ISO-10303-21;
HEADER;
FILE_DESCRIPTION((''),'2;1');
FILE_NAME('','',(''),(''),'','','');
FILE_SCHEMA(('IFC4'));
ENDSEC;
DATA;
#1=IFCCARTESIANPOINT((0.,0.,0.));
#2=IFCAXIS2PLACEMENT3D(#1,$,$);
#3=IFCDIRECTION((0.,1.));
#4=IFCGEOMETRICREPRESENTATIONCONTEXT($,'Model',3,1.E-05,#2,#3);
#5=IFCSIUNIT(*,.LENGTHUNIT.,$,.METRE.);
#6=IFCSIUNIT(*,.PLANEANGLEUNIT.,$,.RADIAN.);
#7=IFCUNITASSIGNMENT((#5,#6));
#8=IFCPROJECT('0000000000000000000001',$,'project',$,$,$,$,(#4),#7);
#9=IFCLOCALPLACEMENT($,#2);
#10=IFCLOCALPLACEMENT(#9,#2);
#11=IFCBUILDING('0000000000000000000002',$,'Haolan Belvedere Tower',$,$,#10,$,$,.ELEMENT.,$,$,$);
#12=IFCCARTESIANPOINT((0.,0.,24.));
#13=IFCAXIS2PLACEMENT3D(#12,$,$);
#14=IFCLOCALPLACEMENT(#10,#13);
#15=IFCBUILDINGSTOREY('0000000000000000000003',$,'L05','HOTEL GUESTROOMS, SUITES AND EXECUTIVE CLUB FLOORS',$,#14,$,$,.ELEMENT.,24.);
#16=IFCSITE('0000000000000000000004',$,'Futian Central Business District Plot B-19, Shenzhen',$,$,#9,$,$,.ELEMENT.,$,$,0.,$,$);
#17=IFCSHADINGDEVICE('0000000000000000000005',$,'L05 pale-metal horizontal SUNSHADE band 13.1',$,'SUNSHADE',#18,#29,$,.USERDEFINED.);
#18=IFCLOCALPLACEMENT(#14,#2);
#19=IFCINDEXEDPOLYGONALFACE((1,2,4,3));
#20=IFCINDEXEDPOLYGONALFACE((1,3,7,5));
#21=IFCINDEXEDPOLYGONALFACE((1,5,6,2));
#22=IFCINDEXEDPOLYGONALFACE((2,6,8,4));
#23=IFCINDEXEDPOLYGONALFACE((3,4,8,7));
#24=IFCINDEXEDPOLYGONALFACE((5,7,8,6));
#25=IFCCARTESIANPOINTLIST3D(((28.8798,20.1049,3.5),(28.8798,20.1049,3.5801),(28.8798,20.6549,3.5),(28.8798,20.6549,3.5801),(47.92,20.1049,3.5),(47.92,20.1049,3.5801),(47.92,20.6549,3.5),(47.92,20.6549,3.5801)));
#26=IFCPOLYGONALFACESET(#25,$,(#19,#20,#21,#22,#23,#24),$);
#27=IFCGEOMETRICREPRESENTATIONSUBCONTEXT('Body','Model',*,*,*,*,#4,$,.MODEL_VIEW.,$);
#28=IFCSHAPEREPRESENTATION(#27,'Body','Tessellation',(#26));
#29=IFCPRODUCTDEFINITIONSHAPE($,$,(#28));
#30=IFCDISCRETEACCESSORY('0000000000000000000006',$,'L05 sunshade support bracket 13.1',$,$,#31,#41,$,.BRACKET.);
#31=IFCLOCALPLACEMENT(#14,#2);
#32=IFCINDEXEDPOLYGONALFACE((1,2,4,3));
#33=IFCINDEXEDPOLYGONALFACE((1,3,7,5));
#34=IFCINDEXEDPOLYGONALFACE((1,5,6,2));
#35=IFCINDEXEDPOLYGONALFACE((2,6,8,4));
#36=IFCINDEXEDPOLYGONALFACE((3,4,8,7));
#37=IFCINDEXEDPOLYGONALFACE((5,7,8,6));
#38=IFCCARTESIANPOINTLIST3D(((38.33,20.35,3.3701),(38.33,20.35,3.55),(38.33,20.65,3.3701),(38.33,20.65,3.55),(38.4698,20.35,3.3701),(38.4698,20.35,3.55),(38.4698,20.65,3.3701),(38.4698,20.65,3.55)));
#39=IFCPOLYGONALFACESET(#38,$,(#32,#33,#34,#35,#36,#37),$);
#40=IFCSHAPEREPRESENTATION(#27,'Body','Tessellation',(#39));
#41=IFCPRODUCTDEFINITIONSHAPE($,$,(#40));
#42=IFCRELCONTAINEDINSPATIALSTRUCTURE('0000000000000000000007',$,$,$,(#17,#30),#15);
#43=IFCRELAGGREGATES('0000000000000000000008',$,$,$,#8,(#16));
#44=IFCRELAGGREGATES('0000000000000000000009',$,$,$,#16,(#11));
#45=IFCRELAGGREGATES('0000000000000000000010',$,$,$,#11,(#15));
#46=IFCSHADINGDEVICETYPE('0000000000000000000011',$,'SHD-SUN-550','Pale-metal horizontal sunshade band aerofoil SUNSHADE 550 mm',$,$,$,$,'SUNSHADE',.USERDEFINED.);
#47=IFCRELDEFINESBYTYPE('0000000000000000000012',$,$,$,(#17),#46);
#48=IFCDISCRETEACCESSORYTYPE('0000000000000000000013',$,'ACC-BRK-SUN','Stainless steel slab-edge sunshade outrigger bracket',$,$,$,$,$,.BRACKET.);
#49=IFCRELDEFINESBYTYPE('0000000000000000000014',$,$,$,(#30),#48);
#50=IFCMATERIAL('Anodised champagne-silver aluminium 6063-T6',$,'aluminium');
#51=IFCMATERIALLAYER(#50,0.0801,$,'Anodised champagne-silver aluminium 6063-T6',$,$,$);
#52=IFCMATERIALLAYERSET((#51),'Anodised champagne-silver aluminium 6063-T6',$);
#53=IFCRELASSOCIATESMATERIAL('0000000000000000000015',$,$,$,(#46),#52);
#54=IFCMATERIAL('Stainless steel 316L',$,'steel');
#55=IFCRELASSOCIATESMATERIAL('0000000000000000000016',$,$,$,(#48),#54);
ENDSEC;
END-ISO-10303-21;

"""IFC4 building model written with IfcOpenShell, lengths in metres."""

from ifc_helpers import new_model, si_unit, direction, frame, origin, origin_2d, place, context, subcontext, project, spatial, rectangle, extrude, material, layer, layer_set, type_object, element, save


model = new_model("IFC4")

# Units and contexts
model_context = context("Model", 3, precision=1e-05, world=origin(), true_north=direction((0.0, 1.0)))
body_context = subcontext(model_context, "Body", "Model", "MODEL_VIEW")
ifc_project = project(units=[si_unit("LENGTHUNIT", "METRE"), si_unit("PLANEANGLEUNIT", "RADIAN")], contexts=[model_context])

# Site, building, storey
site_placement = place(None, origin())
site = spatial("IfcSite", under=ifc_project, at=site_placement, Name="Futian Central Business District Plot B-19, Shenzhen", CompositionType="ELEMENT", RefElevation=0.0)
building_placement = place(site_placement, origin())
building = spatial("IfcBuilding", under=site, at=building_placement, Name="Haolan Belvedere Tower", CompositionType="ELEMENT")
storey_placement = place(building_placement, frame((0.0, 0.0, 24.0)))
storey = spatial("IfcBuildingStorey", under=building, at=storey_placement, Name="L05", Description="HOTEL GUESTROOMS, SUITES AND EXECUTIVE CLUB FLOORS", CompositionType="ELEMENT", Elevation=24.0)

# Shading device
ifc_material_1 = material(Name="Anodised champagne-silver aluminium 6063-T6", Category="aluminium")
ifc_layer_1 = layer(ifc_material_1, 0.0801, Name="Anodised champagne-silver aluminium 6063-T6")
ifc_layer_set_1 = layer_set([ifc_layer_1], Name="Anodised champagne-silver aluminium 6063-T6")
shading_device_type = type_object("IfcShadingDeviceType", Name="SHD-SUN-550", Description="Pale-metal horizontal sunshade band aerofoil SUNSHADE 550 mm", ElementType="SUNSHADE", PredefinedType="USERDEFINED", material=ifc_layer_set_1)
shading_device_placement = place(storey_placement, frame((38.3999, 20.3799, 3.5), z_axis=(0.0, 0.0, 1.0), x_axis=(1.0, 0.0, 0.0)))
element("IfcShadingDevice", 1, at=shading_device_placement, inside=storey, type_object=shading_device_type, Name="L05 pale-metal horizontal SUNSHADE band 13.1", ObjectType="SUNSHADE", PredefinedType="USERDEFINED", context=body_context, shape_type="SweptSolid", body=[
    extrude(rectangle(XDim=19.0403, YDim=0.55, at=origin_2d()), origin(), (0.0, 0.0, 1.0), 0.0801),
])

# Discrete accessory
ifc_material_2 = material(Name="Stainless steel 316L", Category="steel")
discrete_accessory_type = type_object("IfcDiscreteAccessoryType", Name="ACC-BRK-SUN", Description="Stainless steel slab-edge sunshade outrigger bracket", PredefinedType="BRACKET", material=ifc_material_2)
discrete_accessory_placement = place(storey_placement, frame((38.3999, 20.5, 3.3701), z_axis=(0.0, 0.0, 1.0), x_axis=(1.0, 0.0, 0.0)))
element("IfcDiscreteAccessory", 2, at=discrete_accessory_placement, inside=storey, type_object=discrete_accessory_type, Name="L05 sunshade support bracket 13.1", PredefinedType="BRACKET", context=body_context, shape_type="SweptSolid", body=[
    extrude(rectangle(XDim=0.1399, YDim=0.3, at=origin_2d()), origin(), (0.0, 0.0, 1.0), 0.1799),
])

save(model, "model.ifc")
